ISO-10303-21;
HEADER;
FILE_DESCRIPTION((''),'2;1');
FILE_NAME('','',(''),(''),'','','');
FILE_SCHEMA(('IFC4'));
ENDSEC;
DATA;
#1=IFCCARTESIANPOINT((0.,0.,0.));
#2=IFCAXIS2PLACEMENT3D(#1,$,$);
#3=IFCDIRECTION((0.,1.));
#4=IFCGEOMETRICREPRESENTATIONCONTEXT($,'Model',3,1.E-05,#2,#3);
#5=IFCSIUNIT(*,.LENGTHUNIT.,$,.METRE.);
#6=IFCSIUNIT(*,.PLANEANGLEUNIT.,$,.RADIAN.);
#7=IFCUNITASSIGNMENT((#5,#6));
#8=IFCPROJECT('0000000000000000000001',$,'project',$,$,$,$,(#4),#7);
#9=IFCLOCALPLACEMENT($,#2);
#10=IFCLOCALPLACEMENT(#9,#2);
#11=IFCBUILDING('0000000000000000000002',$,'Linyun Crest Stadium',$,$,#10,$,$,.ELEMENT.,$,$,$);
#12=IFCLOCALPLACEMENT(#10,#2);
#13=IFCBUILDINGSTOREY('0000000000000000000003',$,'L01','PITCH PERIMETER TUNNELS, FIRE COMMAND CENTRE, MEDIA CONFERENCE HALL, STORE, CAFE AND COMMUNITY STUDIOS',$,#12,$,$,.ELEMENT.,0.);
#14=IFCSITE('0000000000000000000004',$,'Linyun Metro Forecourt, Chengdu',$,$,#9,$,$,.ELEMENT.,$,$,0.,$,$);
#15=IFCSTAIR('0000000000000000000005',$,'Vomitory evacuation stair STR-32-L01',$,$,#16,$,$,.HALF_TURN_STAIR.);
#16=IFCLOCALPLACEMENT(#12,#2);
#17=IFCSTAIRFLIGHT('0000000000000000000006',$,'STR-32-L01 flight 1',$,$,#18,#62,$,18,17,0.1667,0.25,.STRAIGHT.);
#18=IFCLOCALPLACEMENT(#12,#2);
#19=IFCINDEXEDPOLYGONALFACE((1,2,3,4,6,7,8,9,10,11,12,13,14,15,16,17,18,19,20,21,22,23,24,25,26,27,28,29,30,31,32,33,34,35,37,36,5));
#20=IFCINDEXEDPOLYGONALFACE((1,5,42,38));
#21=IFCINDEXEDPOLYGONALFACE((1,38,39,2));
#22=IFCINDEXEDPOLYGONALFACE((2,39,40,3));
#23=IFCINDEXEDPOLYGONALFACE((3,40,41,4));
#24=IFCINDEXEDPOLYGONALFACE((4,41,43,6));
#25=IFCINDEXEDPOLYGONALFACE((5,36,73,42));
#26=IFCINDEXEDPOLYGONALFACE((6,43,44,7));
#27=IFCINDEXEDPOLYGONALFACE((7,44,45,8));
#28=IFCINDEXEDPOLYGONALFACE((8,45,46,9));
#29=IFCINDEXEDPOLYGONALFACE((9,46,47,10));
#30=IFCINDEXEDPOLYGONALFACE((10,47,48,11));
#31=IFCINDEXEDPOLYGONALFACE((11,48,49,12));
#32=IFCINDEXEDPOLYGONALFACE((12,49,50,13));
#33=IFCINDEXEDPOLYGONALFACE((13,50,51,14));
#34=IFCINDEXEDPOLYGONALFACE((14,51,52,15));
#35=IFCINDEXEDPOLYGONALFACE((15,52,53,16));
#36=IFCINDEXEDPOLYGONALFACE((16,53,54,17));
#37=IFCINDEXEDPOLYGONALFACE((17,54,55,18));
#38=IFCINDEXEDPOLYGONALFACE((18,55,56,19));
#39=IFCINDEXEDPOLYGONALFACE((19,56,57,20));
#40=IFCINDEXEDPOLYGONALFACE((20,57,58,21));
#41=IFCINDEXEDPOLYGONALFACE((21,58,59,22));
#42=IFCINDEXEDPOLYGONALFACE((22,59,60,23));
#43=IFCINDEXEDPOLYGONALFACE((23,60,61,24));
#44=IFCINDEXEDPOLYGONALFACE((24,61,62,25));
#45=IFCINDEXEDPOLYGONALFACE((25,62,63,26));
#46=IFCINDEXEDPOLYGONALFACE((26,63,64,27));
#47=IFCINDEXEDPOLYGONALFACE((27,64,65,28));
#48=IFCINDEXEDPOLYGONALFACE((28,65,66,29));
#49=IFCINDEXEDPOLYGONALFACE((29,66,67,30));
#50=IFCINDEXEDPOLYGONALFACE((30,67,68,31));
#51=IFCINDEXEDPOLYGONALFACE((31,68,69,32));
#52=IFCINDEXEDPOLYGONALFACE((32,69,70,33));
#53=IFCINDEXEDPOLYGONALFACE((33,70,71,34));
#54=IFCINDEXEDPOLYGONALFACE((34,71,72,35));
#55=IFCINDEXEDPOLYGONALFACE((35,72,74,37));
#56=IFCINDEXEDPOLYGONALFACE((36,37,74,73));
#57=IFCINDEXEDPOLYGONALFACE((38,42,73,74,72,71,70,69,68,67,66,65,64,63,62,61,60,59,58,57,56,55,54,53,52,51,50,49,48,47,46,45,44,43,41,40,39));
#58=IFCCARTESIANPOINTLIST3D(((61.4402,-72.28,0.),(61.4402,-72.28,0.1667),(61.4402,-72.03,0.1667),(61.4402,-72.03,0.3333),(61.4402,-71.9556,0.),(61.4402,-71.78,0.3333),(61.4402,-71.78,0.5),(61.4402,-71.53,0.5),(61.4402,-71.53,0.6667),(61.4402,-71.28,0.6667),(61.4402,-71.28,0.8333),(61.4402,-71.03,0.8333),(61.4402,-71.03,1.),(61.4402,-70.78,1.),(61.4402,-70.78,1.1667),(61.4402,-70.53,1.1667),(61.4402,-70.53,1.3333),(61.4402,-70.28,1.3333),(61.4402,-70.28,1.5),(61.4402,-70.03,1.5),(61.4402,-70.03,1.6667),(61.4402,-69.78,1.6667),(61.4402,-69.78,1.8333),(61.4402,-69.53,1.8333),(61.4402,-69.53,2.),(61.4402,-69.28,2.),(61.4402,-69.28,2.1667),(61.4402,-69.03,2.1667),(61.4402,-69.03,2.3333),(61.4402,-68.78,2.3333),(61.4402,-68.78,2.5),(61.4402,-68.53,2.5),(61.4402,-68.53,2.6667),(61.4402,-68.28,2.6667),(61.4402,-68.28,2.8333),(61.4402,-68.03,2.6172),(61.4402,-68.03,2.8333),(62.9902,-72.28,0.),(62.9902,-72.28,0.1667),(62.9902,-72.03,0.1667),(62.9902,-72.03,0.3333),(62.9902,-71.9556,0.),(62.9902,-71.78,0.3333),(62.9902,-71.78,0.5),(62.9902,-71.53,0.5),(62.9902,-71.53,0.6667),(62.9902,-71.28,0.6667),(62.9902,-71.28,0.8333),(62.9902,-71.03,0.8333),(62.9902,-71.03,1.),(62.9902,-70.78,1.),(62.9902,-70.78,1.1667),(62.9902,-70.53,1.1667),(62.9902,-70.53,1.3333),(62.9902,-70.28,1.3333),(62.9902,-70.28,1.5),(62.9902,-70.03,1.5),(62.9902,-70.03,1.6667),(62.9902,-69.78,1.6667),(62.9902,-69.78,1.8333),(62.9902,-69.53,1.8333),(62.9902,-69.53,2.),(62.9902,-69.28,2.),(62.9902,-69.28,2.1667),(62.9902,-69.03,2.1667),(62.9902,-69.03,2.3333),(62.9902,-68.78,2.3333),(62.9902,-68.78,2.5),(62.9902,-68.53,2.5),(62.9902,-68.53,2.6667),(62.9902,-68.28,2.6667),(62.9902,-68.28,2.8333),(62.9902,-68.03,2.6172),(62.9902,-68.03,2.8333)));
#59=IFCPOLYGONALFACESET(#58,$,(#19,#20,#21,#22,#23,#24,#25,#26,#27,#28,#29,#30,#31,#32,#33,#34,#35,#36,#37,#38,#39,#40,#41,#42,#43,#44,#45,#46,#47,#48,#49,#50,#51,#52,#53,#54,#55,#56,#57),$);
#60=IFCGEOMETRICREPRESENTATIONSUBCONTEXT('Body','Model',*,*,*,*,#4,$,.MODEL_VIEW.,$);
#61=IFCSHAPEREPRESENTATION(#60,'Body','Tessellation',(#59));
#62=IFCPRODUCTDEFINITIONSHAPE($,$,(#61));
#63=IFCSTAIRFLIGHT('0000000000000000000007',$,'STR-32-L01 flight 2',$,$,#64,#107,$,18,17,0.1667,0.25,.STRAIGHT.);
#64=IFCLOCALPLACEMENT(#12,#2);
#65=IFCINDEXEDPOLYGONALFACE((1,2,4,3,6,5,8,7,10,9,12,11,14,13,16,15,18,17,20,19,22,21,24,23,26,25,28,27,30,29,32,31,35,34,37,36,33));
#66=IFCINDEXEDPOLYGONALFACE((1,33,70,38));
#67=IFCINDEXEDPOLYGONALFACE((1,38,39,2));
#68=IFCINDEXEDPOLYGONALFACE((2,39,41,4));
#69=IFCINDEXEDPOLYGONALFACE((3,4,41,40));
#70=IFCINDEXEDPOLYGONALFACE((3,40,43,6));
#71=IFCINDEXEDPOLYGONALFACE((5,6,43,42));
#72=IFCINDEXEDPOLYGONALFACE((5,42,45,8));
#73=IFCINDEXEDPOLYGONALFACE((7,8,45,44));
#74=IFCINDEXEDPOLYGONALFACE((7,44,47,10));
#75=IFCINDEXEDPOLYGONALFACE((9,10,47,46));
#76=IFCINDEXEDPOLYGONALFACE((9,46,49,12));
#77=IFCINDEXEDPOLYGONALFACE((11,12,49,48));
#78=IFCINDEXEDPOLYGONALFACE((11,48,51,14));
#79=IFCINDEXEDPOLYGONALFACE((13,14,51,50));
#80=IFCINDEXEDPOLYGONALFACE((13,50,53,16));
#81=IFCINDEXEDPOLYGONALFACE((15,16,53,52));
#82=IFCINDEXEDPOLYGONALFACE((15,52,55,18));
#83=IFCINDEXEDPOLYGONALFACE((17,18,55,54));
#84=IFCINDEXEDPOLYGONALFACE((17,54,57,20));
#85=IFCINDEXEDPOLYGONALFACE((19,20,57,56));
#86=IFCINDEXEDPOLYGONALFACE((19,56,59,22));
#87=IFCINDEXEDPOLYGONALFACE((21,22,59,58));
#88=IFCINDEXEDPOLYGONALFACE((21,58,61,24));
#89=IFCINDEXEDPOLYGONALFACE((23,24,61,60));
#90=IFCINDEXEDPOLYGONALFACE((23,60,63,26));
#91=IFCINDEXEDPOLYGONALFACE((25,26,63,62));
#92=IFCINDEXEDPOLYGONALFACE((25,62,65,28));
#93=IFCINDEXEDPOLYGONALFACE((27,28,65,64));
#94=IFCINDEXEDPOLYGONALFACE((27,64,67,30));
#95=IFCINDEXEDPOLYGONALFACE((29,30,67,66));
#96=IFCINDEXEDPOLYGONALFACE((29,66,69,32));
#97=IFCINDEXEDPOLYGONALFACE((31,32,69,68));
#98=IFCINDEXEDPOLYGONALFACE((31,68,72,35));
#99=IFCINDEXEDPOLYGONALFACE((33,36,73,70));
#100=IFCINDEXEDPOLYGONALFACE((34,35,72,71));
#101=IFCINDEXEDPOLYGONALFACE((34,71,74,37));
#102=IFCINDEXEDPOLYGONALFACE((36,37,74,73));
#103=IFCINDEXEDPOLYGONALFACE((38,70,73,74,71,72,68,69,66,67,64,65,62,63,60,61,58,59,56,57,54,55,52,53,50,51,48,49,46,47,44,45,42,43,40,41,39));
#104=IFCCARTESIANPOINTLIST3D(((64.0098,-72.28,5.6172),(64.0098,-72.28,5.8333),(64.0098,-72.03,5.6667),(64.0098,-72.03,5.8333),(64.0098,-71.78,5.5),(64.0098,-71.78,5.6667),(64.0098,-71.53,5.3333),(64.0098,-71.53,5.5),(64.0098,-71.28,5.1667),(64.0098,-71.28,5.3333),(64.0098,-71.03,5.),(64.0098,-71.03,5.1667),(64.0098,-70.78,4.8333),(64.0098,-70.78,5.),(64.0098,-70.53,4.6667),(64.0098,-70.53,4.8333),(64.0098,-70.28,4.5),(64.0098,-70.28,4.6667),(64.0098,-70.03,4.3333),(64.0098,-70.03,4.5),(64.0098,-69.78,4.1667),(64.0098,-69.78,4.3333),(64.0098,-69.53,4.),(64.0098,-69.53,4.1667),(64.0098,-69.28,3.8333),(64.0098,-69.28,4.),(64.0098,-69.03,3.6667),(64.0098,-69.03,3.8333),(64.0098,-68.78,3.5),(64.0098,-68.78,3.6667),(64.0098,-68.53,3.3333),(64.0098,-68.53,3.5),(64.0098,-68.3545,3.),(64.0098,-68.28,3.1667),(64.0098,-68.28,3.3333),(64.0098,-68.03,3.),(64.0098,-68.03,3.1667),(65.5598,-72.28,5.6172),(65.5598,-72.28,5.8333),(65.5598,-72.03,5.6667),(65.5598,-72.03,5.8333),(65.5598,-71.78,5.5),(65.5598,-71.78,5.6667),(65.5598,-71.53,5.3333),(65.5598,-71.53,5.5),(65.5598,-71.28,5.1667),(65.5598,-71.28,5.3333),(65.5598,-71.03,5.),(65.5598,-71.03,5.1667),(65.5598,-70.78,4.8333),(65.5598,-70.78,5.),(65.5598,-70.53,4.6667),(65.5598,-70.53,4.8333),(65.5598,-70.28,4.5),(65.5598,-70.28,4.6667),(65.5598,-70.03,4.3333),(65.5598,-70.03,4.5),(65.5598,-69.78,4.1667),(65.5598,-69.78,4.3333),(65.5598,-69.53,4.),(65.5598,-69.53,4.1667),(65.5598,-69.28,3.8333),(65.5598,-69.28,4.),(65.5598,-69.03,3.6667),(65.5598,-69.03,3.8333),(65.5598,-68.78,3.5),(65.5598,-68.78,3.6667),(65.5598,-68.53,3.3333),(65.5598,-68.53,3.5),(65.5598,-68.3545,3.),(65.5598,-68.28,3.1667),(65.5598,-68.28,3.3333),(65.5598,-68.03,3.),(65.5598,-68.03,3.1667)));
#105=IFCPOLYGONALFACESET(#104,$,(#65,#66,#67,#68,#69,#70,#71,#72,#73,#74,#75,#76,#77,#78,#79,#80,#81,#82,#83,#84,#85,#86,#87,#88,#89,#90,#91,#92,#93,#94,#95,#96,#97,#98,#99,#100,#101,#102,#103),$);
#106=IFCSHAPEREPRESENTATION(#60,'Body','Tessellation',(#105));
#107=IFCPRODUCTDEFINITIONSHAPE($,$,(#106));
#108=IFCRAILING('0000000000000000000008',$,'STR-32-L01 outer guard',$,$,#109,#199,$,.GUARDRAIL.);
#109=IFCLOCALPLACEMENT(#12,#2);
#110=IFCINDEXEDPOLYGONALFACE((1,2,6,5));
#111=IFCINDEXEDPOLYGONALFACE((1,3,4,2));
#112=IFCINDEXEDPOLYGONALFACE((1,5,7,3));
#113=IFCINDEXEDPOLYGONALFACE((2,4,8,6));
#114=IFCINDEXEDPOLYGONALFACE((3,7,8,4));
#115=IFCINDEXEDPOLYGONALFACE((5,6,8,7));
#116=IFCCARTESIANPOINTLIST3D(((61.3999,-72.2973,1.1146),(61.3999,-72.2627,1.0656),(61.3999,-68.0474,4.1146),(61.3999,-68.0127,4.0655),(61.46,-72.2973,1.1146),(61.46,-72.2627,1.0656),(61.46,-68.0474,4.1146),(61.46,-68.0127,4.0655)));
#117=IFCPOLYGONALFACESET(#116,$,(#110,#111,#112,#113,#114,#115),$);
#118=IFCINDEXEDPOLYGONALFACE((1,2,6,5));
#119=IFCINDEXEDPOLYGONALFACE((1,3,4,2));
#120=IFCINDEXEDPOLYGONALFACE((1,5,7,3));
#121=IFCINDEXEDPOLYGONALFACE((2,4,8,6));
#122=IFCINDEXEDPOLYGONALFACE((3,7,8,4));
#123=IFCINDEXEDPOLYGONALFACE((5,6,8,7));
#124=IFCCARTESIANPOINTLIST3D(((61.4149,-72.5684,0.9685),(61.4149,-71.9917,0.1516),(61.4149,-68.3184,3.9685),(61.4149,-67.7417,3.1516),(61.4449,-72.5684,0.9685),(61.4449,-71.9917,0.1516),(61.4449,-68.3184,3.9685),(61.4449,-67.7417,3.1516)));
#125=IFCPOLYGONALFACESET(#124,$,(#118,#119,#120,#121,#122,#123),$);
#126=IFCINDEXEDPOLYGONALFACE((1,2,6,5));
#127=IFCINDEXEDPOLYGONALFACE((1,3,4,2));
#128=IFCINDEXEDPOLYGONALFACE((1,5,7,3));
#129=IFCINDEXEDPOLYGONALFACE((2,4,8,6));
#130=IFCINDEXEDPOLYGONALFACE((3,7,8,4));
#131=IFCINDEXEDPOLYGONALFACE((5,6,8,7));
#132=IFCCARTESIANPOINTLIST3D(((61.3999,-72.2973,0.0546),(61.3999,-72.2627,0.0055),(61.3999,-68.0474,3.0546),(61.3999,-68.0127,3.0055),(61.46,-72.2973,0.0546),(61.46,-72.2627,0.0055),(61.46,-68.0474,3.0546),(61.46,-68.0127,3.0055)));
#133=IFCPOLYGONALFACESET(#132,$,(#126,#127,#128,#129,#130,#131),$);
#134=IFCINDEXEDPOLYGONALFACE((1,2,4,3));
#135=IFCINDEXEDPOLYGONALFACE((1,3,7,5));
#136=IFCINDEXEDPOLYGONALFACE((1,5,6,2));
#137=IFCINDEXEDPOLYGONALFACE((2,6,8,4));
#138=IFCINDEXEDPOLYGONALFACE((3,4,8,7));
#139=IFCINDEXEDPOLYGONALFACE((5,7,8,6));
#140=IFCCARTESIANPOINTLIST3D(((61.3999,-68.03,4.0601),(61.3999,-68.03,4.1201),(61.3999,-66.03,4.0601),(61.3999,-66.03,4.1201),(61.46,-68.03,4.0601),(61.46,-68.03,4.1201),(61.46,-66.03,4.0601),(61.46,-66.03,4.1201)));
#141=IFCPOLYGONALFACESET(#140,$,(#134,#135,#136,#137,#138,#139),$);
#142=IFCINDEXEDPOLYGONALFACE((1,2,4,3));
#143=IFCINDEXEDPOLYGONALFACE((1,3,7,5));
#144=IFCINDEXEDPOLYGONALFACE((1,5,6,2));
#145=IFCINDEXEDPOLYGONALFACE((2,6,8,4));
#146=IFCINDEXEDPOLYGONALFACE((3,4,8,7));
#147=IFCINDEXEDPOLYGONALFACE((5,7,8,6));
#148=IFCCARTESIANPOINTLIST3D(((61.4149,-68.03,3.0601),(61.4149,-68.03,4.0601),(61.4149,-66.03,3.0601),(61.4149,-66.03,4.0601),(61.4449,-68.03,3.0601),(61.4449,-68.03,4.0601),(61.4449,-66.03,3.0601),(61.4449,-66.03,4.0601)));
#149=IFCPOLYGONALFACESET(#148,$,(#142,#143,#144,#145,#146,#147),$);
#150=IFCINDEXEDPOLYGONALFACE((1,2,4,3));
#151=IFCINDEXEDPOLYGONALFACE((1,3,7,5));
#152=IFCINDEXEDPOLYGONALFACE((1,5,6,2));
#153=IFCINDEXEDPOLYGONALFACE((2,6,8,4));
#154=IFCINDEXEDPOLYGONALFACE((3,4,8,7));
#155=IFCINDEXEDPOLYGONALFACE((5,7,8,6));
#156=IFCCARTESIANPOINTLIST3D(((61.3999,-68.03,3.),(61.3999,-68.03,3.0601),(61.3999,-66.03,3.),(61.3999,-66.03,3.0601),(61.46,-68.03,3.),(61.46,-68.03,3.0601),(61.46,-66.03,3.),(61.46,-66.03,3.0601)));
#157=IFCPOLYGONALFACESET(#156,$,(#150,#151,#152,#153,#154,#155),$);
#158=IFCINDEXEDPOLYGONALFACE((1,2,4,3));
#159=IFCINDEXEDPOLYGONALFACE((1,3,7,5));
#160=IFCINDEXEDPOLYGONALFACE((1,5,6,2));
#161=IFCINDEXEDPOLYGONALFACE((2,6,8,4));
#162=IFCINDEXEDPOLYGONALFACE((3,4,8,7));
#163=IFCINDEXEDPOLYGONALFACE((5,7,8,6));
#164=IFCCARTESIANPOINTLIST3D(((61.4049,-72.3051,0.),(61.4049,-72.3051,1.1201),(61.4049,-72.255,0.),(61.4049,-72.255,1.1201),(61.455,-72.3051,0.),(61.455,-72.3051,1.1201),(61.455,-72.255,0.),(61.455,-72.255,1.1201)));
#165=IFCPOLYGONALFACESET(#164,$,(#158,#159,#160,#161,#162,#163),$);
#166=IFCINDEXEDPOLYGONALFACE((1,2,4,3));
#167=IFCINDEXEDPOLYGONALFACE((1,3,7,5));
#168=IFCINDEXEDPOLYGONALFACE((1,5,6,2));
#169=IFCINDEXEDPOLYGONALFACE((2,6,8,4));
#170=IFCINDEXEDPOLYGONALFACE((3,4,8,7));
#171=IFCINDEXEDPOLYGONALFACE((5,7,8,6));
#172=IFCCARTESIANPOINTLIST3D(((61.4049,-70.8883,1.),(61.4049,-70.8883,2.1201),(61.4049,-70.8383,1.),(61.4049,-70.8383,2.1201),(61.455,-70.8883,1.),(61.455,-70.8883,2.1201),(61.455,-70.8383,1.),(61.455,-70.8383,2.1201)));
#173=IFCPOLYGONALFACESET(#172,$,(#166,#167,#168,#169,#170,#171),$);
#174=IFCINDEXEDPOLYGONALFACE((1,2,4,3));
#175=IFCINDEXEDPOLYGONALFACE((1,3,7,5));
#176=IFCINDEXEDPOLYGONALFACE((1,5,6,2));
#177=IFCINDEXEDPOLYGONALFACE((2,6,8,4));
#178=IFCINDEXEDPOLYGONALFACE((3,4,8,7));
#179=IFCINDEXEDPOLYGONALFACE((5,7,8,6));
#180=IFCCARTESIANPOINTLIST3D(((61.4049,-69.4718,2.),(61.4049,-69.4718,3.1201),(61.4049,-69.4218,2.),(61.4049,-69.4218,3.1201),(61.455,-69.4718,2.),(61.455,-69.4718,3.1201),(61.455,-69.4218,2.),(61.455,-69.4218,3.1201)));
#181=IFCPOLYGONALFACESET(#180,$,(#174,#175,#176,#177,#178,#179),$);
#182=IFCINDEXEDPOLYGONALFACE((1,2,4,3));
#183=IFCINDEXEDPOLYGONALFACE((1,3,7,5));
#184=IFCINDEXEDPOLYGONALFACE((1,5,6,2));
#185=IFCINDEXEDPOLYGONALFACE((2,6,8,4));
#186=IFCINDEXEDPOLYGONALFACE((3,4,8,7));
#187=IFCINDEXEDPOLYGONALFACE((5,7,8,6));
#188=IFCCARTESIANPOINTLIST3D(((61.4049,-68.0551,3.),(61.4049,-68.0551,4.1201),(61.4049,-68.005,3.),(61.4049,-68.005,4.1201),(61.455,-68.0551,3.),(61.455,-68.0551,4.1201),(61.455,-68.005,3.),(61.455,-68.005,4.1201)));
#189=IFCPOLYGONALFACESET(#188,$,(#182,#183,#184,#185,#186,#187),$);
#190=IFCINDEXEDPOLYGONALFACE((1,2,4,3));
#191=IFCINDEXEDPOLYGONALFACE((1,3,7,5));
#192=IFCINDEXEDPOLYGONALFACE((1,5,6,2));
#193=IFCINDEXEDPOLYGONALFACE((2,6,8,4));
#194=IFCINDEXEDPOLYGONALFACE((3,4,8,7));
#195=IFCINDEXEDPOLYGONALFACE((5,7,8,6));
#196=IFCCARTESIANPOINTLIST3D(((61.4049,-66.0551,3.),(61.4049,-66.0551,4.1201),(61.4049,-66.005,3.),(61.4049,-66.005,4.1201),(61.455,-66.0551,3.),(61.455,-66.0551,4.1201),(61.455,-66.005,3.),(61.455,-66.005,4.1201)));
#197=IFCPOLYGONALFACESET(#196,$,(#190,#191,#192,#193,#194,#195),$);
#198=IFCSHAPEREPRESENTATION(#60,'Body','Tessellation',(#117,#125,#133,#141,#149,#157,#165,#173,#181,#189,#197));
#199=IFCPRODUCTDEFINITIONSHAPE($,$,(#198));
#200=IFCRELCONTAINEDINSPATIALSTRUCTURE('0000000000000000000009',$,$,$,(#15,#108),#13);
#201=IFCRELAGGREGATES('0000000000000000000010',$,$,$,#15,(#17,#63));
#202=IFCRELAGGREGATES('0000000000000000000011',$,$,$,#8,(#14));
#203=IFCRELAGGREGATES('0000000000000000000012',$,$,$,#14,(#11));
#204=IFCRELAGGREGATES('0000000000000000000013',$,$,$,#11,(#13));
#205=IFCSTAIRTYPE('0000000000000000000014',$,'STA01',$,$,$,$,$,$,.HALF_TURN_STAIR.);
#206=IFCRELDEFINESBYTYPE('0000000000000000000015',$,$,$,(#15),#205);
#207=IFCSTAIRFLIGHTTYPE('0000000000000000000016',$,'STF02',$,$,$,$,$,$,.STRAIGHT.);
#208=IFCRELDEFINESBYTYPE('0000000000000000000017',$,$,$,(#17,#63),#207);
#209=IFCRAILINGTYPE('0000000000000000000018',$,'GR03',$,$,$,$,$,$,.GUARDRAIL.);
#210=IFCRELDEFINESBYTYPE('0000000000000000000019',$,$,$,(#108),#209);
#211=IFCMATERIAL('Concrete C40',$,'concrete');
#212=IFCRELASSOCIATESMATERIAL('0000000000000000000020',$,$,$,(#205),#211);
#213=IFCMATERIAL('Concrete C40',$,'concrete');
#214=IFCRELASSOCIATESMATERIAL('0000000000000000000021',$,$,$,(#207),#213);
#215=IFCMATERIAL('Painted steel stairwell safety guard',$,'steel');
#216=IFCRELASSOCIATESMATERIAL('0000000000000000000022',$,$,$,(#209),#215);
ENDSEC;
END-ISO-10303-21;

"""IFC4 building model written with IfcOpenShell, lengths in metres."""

from ifc_helpers import new_model, si_unit, direction, frame, origin, origin_2d, place, context, subcontext, project, spatial, polyline, rectangle, outline, extrude, material, type_object, element, aggregate, save


model = new_model("IFC4")

# Units and contexts
model_context = context("Model", 3, precision=1e-05, world=origin(), true_north=direction((0.0, 1.0)))
body_context = subcontext(model_context, "Body", "Model", "MODEL_VIEW")
ifc_project = project(units=[si_unit("LENGTHUNIT", "METRE"), si_unit("PLANEANGLEUNIT", "RADIAN")], contexts=[model_context])

# Site, building, storey
site_placement = place(None, origin())
site = spatial("IfcSite", under=ifc_project, at=site_placement, Name="Linyun Metro Forecourt, Chengdu", CompositionType="ELEMENT", RefElevation=0.0)
building_placement = place(site_placement, origin())
building = spatial("IfcBuilding", under=site, at=building_placement, Name="Linyun Crest Stadium", CompositionType="ELEMENT")
storey_placement = place(building_placement, origin())
storey = spatial("IfcBuildingStorey", under=building, at=storey_placement, Name="L01", Description="PITCH PERIMETER TUNNELS, FIRE COMMAND CENTRE, MEDIA CONFERENCE HALL, STORE, CAFE AND COMMUNITY STUDIOS", CompositionType="ELEMENT", Elevation=0.0)

# Stair, stair flights
ifc_material_1 = material(Name="Concrete C40", Category="concrete")
stair_type = type_object("IfcStairType", Name="STA01", PredefinedType="HALF_TURN_STAIR", material=ifc_material_1)
stair_placement = place(storey_placement, origin())
stair = element("IfcStair", 1, at=stair_placement, inside=storey, type_object=stair_type, Name="Vomitory evacuation stair STR-32-L01", PredefinedType="HALF_TURN_STAIR")
ifc_material_2 = material(Name="Concrete C40", Category="concrete")
stair_flight_type = type_object("IfcStairFlightType", Name="STF02", PredefinedType="STRAIGHT", material=ifc_material_2)
stair_flight_1_placement = place(storey_placement, frame((62.2151, -72.28, 0.0), z_axis=(0.0, 0.0, 1.0), x_axis=(0.0, 1.0, 0.0)))
stair_flight_1 = element("IfcStairFlight", 2, at=stair_flight_1_placement, type_object=stair_flight_type, Name="STR-32-L01 flight 1", NumberOfRisers=18, NumberOfTreads=17, PredefinedType="STRAIGHT", RiserHeight=0.1667, TreadLength=0.25, context=body_context, shape_type="SweptSolid", body=[
    extrude(outline(polyline([(0.0, 0.0), (0.0, 0.1667), (0.25, 0.1667), (0.25, 0.3333), (0.5, 0.3333), (0.5, 0.5), (0.75, 0.5), (0.75, 0.6667), (1.0, 0.6667), (1.0, 0.8333), (1.25, 0.8333), (1.25, 1.0), (1.5, 1.0), (1.5, 1.1667), (1.75, 1.1667), (1.75, 1.3333), (2.0, 1.3333), (2.0, 1.5), (2.25, 1.5), (2.25, 1.6667), (2.5, 1.6667), (2.5, 1.8333), (2.75, 1.8333), (2.75, 2.0), (3.0, 2.0), (3.0, 2.1667), (3.25, 2.1667), (3.25, 2.3333), (3.5, 2.3333), (3.5, 2.5), (3.75, 2.5), (3.75, 2.6667), (4.0, 2.6667), (4.0, 2.8333), (4.25, 2.8333), (4.25, 3.0), (4.25, 2.6172), (0.3245, 0.0), (0.0, 0.0)])), frame((0.0, 0.7749, 0.0), z_axis=(0.0, -1.0, 0.0), x_axis=(1.0, 0.0, 0.0)), (0.0, 0.0, 1.0), 1.55),
])
stair_flight_2_placement = place(storey_placement, frame((64.7849, -68.03, 3.0), z_axis=(0.0, 0.0, 1.0), x_axis=(0.0, -1.0, 0.0)))
stair_flight_2 = element("IfcStairFlight", 3, at=stair_flight_2_placement, type_object=stair_flight_type, Name="STR-32-L01 flight 2", NumberOfRisers=18, NumberOfTreads=17, PredefinedType="STRAIGHT", RiserHeight=0.1667, TreadLength=0.25, context=body_context, shape_type="SweptSolid", body=[
    extrude(outline(polyline([(0.0, 0.0), (0.0, 0.1667), (0.25, 0.1667), (0.25, 0.3333), (0.5, 0.3333), (0.5, 0.5), (0.75, 0.5), (0.75, 0.6667), (1.0, 0.6667), (1.0, 0.8333), (1.25, 0.8333), (1.25, 1.0), (1.5, 1.0), (1.5, 1.1667), (1.75, 1.1667), (1.75, 1.3333), (2.0, 1.3333), (2.0, 1.5), (2.25, 1.5), (2.25, 1.6667), (2.5, 1.6667), (2.5, 1.8333), (2.75, 1.8333), (2.75, 2.0), (3.0, 2.0), (3.0, 2.1667), (3.25, 2.1667), (3.25, 2.3333), (3.5, 2.3333), (3.5, 2.5), (3.75, 2.5), (3.75, 2.6667), (4.0, 2.6667), (4.0, 2.8333), (4.25, 2.8333), (4.25, 3.0), (4.25, 2.6172), (0.3245, 0.0), (0.0, 0.0)])), frame((0.0, 0.7749, 0.0), z_axis=(0.0, -1.0, 0.0), x_axis=(1.0, 0.0, 0.0)), (0.0, 0.0, 1.0), 1.55),
])
aggregate(stair, [stair_flight_1, stair_flight_2])

# Railing
ifc_material_3 = material(Name="Painted steel stairwell safety guard", Category="steel")
railing_type_1 = type_object("IfcRailingType", Name="GR03", PredefinedType="GUARDRAIL", material=ifc_material_3)
railing_1_placement = place(storey_placement, frame((61.4299, -72.28, 0.0)))
element("IfcRailing", 4, at=railing_1_placement, inside=storey, type_object=railing_type_1, Name="STR-32-L01 outer guard", PredefinedType="GUARDRAIL", context=body_context, shape_type="SweptSolid", body=[
    extrude(rectangle(XDim=0.0601, YDim=0.0601, at=origin_2d()), frame((0.0, 0.0, 1.0901), z_axis=(0.0, 0.816968, 0.576683), x_axis=(-1.0, 0.0, 0.0)), (0.0, 0.0, 1.0), 5.2021),
    extrude(rectangle(XDim=0.03, YDim=1.0, at=origin_2d()), frame((0.0, 0.0, 0.5601), z_axis=(0.0, 0.816968, 0.576683), x_axis=(-1.0, 0.0, 0.0)), (0.0, 0.0, 1.0), 5.2021),
    extrude(rectangle(XDim=0.0601, YDim=0.0601, at=origin_2d()), frame((0.0, 0.0, 0.03), z_axis=(0.0, 0.816968, 0.576683), x_axis=(-1.0, 0.0, 0.0)), (0.0, 0.0, 1.0), 5.2021),
    extrude(rectangle(XDim=0.0601, YDim=0.0601, at=origin_2d()), frame((0.0, 4.25, 4.0901), z_axis=(0.0, 1.0, 0.0), x_axis=(-1.0, 0.0, 0.0)), (0.0, 0.0, 1.0), 2.0),
    extrude(rectangle(XDim=0.03, YDim=1.0, at=origin_2d()), frame((0.0, 4.25, 3.5601), z_axis=(0.0, 1.0, 0.0), x_axis=(-1.0, 0.0, 0.0)), (0.0, 0.0, 1.0), 2.0),
    extrude(rectangle(XDim=0.0601, YDim=0.0601, at=origin_2d()), frame((0.0, 4.25, 3.03), z_axis=(0.0, 1.0, 0.0), x_axis=(-1.0, 0.0, 0.0)), (0.0, 0.0, 1.0), 2.0),
    extrude(rectangle(XDim=0.05, YDim=0.05, at=origin_2d()), origin(), (0.0, 0.0, 1.0), 1.1201),
    extrude(rectangle(XDim=0.05, YDim=0.05, at=origin_2d()), frame((0.0, 1.4167, 1.0)), (0.0, 0.0, 1.0), 1.1201),
    extrude(rectangle(XDim=0.05, YDim=0.05, at=origin_2d()), frame((0.0, 2.8333, 2.0)), (0.0, 0.0, 1.0), 1.1201),
    extrude(rectangle(XDim=0.05, YDim=0.05, at=origin_2d()), frame((0.0, 4.25, 3.0)), (0.0, 0.0, 1.0), 1.1201),
    extrude(rectangle(XDim=0.05, YDim=0.05, at=origin_2d()), frame((0.0, 6.25, 3.0)), (0.0, 0.0, 1.0), 1.1201),
])

save(model, "model.ifc")
